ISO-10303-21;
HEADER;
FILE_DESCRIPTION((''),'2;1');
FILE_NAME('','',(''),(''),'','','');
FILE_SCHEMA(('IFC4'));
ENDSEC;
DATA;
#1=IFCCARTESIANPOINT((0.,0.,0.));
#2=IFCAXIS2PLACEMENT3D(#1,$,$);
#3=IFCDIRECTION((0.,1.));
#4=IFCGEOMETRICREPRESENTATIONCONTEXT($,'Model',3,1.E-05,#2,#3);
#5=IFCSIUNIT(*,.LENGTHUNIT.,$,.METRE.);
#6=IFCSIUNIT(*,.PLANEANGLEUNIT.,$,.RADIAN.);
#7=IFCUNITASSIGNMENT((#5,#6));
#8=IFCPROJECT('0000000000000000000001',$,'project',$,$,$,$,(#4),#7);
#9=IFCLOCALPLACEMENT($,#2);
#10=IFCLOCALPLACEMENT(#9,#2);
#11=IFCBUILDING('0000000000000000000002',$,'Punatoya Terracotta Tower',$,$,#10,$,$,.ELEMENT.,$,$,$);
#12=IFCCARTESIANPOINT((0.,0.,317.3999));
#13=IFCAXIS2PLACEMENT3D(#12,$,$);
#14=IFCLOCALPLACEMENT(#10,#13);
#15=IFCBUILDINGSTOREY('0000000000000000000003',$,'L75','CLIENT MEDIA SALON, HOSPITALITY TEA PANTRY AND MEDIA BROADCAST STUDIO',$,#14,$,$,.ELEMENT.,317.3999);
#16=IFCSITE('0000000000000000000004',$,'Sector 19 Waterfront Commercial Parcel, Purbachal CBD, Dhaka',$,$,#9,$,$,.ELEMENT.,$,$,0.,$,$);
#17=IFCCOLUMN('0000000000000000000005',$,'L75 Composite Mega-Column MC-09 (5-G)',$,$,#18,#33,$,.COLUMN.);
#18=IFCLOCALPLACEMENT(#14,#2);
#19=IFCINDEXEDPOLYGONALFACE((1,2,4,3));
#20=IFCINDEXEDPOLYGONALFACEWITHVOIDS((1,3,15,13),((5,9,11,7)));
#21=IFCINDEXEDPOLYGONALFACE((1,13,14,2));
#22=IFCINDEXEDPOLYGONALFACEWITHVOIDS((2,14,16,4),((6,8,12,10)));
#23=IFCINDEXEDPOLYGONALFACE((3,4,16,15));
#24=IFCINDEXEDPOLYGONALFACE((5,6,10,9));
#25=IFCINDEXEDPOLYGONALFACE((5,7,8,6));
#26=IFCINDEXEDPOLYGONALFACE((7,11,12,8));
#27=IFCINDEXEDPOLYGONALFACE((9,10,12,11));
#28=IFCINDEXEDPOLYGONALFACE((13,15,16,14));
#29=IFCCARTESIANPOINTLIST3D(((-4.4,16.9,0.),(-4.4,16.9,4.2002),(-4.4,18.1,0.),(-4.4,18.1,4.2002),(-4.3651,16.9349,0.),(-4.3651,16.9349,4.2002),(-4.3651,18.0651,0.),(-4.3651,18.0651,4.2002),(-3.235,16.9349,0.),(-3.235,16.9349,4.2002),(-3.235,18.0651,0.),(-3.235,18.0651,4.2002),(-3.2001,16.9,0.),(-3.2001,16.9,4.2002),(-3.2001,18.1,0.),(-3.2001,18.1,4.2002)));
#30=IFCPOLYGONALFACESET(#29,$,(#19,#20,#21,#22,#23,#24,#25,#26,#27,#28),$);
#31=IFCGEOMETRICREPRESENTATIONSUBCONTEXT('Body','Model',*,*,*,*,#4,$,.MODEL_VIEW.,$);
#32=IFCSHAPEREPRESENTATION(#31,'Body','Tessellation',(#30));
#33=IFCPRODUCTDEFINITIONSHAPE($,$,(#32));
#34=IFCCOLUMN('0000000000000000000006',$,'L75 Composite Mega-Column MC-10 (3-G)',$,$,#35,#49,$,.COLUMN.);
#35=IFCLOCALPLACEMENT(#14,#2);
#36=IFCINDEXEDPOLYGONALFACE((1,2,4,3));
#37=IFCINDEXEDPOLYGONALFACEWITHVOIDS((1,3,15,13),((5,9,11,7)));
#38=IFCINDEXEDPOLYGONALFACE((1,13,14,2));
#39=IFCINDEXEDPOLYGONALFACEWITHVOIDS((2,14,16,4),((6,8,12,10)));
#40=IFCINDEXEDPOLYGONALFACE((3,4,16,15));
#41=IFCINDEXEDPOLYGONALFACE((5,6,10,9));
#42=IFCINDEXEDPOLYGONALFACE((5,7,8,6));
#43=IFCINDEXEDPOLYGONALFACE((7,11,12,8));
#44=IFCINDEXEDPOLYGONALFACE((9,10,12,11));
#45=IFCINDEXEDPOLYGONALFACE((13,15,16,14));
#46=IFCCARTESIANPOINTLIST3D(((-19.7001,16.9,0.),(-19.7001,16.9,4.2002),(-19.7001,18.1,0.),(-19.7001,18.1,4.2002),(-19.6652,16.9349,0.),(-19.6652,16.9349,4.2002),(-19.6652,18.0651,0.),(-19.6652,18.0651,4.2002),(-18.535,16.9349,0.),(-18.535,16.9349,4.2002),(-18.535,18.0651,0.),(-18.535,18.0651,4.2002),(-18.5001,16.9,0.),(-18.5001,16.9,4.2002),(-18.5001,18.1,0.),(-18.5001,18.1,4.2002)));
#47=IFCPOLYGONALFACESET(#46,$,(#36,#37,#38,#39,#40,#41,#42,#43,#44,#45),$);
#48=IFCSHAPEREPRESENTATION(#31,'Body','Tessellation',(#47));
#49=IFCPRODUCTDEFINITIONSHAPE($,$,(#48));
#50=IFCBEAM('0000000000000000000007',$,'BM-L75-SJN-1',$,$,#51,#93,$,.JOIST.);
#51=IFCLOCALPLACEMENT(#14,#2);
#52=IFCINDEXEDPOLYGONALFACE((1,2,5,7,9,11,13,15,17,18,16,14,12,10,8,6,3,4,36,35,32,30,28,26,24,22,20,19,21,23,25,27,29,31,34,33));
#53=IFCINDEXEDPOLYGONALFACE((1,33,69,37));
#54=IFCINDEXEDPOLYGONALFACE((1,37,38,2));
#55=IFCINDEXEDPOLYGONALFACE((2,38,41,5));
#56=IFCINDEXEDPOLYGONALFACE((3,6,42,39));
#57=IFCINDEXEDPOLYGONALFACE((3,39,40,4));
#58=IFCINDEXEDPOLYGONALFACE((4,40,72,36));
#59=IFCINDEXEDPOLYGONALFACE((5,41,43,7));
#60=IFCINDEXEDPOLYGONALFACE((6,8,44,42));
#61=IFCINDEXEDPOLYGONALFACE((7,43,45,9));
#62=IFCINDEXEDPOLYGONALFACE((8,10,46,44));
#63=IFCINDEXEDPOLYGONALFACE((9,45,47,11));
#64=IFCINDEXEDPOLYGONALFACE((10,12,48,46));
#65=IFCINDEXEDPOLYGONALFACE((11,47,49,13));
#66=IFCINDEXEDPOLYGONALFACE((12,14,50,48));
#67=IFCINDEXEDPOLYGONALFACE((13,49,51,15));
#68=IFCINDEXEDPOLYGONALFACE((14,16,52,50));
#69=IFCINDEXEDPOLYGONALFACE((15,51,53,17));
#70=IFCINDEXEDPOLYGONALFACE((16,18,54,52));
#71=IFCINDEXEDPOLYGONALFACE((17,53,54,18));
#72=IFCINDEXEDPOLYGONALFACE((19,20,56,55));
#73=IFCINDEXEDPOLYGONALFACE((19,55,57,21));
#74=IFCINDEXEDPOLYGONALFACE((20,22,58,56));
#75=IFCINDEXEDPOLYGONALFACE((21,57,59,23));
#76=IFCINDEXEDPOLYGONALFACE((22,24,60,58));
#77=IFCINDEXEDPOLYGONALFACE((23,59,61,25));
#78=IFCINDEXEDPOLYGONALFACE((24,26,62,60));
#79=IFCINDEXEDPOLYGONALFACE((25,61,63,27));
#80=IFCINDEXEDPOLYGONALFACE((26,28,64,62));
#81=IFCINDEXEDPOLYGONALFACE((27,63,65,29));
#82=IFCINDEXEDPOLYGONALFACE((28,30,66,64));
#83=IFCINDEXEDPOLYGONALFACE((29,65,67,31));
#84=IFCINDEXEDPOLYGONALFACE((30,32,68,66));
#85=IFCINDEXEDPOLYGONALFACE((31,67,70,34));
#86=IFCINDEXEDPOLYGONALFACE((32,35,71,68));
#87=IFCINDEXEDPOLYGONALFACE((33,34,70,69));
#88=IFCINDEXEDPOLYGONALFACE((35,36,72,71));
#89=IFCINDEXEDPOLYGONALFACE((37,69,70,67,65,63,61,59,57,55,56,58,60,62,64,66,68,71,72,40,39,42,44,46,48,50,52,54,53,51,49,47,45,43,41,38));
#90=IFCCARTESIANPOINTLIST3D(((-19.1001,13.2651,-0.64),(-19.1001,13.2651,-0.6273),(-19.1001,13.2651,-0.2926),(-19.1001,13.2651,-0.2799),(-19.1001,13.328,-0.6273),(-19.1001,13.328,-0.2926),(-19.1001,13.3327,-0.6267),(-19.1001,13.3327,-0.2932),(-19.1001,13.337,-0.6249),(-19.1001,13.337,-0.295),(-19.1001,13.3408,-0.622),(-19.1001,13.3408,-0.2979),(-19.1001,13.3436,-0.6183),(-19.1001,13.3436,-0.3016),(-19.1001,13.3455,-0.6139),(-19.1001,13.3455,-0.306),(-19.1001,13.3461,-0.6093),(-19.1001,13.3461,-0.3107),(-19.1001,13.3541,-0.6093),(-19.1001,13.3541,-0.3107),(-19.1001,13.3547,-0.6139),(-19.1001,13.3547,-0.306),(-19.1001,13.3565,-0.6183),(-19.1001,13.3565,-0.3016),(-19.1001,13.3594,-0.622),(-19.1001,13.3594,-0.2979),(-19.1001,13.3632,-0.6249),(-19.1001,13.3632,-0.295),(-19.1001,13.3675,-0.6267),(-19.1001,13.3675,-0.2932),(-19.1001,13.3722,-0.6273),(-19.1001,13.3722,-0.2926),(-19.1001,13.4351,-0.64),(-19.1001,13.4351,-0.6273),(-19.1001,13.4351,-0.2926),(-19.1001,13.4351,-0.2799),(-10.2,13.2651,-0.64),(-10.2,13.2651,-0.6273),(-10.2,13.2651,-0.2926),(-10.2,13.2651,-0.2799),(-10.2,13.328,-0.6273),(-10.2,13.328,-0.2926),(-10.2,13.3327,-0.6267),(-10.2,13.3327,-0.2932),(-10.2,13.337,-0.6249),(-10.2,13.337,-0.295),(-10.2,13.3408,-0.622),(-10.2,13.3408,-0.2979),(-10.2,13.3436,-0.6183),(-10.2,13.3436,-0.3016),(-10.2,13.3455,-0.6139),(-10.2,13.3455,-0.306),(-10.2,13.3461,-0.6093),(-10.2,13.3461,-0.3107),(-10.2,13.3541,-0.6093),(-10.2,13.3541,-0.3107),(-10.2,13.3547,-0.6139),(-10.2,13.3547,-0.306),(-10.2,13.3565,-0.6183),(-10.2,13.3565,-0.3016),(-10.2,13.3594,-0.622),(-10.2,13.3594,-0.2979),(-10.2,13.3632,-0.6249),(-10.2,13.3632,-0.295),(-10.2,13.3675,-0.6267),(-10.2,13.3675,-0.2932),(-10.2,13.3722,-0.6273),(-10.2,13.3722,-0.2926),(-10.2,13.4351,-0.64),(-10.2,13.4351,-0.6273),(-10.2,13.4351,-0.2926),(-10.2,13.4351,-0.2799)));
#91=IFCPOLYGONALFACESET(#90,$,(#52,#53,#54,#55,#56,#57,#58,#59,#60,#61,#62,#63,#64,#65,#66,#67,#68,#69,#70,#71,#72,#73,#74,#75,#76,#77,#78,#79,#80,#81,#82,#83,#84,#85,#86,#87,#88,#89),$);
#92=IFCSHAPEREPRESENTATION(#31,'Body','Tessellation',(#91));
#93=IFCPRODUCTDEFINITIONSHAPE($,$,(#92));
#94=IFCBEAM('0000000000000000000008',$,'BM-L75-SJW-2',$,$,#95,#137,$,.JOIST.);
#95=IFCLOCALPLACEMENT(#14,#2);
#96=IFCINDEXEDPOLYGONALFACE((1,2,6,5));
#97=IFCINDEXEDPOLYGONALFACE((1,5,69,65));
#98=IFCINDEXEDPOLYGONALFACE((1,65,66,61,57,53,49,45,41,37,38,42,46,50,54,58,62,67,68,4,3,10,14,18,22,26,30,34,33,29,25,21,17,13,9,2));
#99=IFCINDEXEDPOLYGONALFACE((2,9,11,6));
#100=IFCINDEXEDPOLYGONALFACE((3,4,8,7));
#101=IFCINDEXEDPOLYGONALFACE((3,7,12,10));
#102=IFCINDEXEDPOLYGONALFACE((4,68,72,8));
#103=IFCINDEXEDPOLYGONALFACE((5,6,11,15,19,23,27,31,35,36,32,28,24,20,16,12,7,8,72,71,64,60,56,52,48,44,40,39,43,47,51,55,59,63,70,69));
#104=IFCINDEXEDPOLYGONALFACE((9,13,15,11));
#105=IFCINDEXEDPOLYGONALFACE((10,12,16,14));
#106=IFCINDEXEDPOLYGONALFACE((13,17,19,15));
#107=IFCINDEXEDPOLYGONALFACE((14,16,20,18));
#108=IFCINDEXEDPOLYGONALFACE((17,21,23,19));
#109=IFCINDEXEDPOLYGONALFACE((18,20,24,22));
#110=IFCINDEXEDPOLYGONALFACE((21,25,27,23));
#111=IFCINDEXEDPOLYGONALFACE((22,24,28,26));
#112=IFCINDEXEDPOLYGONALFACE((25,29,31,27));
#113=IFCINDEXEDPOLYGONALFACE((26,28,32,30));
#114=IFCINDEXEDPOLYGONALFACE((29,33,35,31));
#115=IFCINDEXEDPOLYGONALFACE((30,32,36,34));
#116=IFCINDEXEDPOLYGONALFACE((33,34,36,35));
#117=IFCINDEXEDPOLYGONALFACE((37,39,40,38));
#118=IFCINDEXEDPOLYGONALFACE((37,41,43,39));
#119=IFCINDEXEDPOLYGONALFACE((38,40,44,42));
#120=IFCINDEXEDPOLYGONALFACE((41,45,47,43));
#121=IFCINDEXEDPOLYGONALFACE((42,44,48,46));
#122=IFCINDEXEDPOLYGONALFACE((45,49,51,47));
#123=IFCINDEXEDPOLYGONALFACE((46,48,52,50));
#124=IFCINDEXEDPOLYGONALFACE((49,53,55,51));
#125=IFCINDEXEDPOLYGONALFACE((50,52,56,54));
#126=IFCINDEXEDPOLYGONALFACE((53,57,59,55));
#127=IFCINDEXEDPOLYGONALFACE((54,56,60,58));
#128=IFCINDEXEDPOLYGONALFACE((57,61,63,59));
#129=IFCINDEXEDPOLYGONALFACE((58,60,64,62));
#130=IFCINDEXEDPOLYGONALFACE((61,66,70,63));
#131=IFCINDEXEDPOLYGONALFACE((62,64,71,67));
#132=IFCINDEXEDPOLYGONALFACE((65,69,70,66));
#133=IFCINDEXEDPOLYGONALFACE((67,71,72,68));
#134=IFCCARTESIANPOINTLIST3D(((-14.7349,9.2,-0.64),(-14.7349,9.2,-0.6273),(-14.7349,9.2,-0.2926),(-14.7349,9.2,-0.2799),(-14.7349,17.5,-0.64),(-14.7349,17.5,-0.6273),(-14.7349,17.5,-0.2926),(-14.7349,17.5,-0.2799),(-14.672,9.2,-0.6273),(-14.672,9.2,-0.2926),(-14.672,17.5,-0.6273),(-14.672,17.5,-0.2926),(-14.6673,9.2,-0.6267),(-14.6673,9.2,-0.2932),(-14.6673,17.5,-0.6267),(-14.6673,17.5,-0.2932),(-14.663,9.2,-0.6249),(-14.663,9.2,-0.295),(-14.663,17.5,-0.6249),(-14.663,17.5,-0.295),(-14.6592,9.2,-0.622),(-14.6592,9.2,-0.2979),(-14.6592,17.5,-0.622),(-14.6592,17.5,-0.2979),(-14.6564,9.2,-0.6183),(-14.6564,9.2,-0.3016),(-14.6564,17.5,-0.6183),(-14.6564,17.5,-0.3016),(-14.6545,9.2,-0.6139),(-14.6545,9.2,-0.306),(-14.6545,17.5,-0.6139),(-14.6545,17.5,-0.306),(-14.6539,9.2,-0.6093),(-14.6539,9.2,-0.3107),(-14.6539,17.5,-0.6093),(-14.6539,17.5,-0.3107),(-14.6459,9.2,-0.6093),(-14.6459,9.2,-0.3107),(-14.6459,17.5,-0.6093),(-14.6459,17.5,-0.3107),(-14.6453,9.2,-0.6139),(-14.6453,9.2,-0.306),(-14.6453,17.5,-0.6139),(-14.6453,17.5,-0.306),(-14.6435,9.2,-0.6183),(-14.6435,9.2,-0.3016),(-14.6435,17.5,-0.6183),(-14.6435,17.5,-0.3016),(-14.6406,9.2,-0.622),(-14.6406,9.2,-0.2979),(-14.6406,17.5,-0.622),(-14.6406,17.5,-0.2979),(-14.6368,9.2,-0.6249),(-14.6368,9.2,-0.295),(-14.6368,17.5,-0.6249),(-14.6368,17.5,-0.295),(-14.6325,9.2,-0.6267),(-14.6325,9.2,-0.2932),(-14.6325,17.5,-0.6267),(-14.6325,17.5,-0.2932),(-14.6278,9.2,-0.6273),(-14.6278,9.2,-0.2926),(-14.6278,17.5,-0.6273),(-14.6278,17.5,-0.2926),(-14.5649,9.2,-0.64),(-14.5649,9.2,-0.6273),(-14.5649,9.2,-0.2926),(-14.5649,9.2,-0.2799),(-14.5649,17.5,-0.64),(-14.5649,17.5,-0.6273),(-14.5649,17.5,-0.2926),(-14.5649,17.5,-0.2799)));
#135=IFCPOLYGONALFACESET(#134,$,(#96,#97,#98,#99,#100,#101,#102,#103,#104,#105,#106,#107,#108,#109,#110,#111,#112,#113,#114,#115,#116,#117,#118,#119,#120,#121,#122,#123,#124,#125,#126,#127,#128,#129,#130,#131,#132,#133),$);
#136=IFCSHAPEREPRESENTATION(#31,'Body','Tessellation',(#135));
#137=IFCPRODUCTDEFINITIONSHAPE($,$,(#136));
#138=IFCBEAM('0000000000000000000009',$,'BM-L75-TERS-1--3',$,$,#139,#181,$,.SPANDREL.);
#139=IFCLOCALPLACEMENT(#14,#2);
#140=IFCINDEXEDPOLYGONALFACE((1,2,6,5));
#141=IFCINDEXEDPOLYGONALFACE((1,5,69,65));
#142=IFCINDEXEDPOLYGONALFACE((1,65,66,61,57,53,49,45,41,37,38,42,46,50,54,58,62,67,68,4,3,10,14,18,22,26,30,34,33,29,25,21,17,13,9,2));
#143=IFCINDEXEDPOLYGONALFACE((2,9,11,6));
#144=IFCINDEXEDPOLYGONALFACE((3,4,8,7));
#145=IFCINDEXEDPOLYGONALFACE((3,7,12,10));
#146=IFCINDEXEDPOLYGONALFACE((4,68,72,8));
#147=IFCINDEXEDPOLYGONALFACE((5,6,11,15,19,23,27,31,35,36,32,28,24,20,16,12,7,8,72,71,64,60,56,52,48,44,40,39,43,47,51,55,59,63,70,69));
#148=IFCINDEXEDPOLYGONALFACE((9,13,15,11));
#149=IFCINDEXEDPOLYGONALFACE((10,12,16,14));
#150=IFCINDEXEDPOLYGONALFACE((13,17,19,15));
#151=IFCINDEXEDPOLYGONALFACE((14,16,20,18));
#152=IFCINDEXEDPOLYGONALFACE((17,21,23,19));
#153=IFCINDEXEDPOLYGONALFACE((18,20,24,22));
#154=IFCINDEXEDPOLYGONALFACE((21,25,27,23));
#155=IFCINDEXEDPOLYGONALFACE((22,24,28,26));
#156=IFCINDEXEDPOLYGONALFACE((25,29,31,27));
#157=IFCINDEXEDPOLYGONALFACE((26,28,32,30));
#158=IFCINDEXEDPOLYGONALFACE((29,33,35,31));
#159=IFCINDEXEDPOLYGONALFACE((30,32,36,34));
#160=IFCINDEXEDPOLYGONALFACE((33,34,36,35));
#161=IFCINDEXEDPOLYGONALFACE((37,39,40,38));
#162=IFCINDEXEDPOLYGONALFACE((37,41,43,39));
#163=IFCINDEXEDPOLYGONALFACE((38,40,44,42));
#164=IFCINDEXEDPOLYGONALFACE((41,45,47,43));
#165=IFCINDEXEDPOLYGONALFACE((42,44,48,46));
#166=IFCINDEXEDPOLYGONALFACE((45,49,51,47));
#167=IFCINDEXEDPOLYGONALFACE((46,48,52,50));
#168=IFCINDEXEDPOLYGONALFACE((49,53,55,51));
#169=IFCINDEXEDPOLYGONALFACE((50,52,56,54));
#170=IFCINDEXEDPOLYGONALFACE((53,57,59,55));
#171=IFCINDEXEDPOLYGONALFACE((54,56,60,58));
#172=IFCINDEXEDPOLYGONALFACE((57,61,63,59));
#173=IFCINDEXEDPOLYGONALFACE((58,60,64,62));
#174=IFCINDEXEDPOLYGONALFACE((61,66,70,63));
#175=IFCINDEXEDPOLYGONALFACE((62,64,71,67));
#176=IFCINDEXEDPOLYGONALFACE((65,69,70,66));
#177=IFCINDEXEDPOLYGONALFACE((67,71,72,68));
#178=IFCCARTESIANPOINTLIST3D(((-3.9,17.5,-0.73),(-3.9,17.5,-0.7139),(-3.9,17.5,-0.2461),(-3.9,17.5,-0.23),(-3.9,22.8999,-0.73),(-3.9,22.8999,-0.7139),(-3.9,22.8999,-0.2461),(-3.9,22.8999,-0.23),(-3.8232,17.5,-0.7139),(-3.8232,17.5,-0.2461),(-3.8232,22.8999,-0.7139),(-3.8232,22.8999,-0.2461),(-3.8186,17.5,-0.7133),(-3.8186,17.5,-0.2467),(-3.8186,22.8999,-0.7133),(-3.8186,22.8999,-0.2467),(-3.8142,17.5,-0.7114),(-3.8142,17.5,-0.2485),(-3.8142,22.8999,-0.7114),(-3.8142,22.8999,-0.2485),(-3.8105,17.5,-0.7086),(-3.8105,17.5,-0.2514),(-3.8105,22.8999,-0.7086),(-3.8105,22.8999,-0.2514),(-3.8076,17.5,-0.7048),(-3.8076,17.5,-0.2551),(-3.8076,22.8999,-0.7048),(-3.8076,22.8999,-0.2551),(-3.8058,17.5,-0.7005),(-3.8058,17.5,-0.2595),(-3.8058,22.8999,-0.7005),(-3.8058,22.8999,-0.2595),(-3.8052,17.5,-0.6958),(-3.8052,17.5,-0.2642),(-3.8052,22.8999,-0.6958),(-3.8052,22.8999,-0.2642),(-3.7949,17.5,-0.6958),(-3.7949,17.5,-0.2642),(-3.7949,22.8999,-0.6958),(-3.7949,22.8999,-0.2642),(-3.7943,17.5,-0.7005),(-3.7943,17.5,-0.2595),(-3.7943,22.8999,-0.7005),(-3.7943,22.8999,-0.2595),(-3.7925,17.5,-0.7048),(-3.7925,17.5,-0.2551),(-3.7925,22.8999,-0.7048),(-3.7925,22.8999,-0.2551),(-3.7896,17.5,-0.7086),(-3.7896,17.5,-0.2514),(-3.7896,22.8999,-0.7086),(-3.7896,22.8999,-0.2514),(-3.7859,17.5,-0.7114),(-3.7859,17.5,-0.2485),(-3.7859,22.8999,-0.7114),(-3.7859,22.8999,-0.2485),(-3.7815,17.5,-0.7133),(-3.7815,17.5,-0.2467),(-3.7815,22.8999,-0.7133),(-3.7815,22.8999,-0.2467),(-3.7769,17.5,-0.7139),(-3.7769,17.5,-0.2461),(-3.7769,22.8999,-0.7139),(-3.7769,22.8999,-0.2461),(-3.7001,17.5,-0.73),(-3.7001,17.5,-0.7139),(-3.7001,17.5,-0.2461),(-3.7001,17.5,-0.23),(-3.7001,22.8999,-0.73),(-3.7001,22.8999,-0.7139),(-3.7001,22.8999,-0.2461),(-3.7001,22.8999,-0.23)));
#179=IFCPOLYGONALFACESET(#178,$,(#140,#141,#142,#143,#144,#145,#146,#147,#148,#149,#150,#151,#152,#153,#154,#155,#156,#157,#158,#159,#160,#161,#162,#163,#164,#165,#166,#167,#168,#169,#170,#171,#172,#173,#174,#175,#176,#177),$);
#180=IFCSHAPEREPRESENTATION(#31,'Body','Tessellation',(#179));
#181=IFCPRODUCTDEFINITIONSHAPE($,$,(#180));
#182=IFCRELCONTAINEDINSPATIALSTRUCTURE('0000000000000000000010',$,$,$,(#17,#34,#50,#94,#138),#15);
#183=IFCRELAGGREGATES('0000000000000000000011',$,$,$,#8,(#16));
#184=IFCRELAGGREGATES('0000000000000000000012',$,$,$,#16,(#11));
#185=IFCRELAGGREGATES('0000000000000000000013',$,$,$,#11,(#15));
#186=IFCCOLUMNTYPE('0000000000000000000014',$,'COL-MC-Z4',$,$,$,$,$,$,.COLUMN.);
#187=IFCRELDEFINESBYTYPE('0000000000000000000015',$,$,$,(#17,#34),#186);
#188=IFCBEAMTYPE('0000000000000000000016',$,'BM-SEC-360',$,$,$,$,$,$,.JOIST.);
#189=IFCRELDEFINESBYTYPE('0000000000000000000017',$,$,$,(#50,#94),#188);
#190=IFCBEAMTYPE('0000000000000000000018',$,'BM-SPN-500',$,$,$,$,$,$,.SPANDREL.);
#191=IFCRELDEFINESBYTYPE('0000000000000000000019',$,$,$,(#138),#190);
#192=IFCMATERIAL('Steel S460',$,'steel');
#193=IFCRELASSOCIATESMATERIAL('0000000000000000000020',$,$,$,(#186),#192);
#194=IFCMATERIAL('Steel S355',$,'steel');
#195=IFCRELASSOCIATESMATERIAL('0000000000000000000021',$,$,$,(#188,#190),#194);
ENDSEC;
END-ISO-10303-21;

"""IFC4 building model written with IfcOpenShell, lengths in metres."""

from ifc_helpers import new_model, si_unit, direction, frame, origin, origin_2d, place, context, subcontext, project, spatial, hollow_rectangle, i_section, extrude, material, material_profile, profile_set, type_object, element, save


model = new_model("IFC4")

# Units and contexts
model_context = context("Model", 3, precision=1e-05, world=origin(), true_north=direction((0.0, 1.0)))
body_context = subcontext(model_context, "Body", "Model", "MODEL_VIEW")
ifc_project = project(units=[si_unit("LENGTHUNIT", "METRE"), si_unit("PLANEANGLEUNIT", "RADIAN")], contexts=[model_context])

# Site, building, storey
site_placement = place(None, origin())
site = spatial("IfcSite", under=ifc_project, at=site_placement, Name="Sector 19 Waterfront Commercial Parcel, Purbachal CBD, Dhaka", CompositionType="ELEMENT", RefElevation=0.0)
building_placement = place(site_placement, origin())
building = spatial("IfcBuilding", under=site, at=building_placement, Name="Punatoya Terracotta Tower", CompositionType="ELEMENT")
storey_placement = place(building_placement, frame((0.0, 0.0, 317.3999)))
storey = spatial("IfcBuildingStorey", under=building, at=storey_placement, Name="L75", Description="CLIENT MEDIA SALON, HOSPITALITY TEA PANTRY AND MEDIA BROADCAST STUDIO", CompositionType="ELEMENT", Elevation=317.3999)

# Columns
ifc_material_1 = material(Name="Steel S460", Category="steel")
ifc_material_profile_1 = material_profile(ifc_material_1, hollow_rectangle(XDim=1.2, YDim=1.2, WallThickness=0.0349, at=origin_2d()))
ifc_profile_set_1 = profile_set([ifc_material_profile_1], Name="Steel S460")
column_type = type_object("IfcColumnType", Name="COL-MC-Z4", PredefinedType="COLUMN", material=ifc_profile_set_1)
for number, where, z_axis, x_axis, name in (
    (1, (-3.8, 17.5, 0.0), (0.0, 0.0, 1.0), (1.0, 0.0, 0.0), "L75 Composite Mega-Column MC-09 (5-G)"),
    (2, (-19.1001, 17.5, 0.0), (0.0, 0.0, 1.0), (1.0, 0.0, 0.0), "L75 Composite Mega-Column MC-10 (3-G)"),
):
    element("IfcColumn", number, at=place(storey_placement, frame(where, z_axis=z_axis, x_axis=x_axis)), inside=storey, type_object=column_type, Name=name, PredefinedType="COLUMN", context=body_context, shape_type="SweptSolid", body=[
        extrude(hollow_rectangle(XDim=1.2, YDim=1.2, WallThickness=0.0349, at=origin_2d()), origin(), (0.0, 0.0, 1.0), 4.2002),
    ])

# Beams
ifc_material_2 = material(Name="Steel S355", Category="steel")
ifc_material_profile_2 = material_profile(ifc_material_2, i_section(OverallWidth=0.1699, OverallDepth=0.3601, WebThickness=0.0081, FlangeThickness=0.0127, FilletRadius=0.0181, at=origin_2d()))
ifc_profile_set_2 = profile_set([ifc_material_profile_2], Name="Steel S355")
beam_type_1 = type_object("IfcBeamType", Name="BM-SEC-360", PredefinedType="JOIST", material=ifc_profile_set_2)
beam_1_placement = place(storey_placement, frame((-19.1001, 13.3501, -0.46), z_axis=(1.0, 0.0, 0.0), x_axis=(0.0, 1.0, 0.0)))
element("IfcBeam", 3, at=beam_1_placement, inside=storey, type_object=beam_type_1, Name="BM-L75-SJN-1", PredefinedType="JOIST", context=body_context, shape_type="SweptSolid", body=[
    extrude(i_section(OverallWidth=0.1699, OverallDepth=0.3601, WebThickness=0.0081, FlangeThickness=0.0127, FilletRadius=0.0181, at=origin_2d()), origin(), (0.0, 0.0, 1.0), 8.9001),
])
beam_2_placement = place(storey_placement, frame((-14.6499, 9.2, -0.46), z_axis=(0.0, 1.0, 0.0), x_axis=(-1.0, 0.0, 0.0)))
element("IfcBeam", 4, at=beam_2_placement, inside=storey, type_object=beam_type_1, Name="BM-L75-SJW-2", PredefinedType="JOIST", context=body_context, shape_type="SweptSolid", body=[
    extrude(i_section(OverallWidth=0.1699, OverallDepth=0.3601, WebThickness=0.0081, FlangeThickness=0.0127, FilletRadius=0.0181, at=origin_2d()), origin(), (0.0, 0.0, 1.0), 8.3),
])
ifc_material_profile_3 = material_profile(ifc_material_2, i_section(OverallWidth=0.2, OverallDepth=0.5, WebThickness=0.0103, FlangeThickness=0.0161, FilletRadius=0.0181, at=origin_2d()))
ifc_profile_set_3 = profile_set([ifc_material_profile_3], Name="Steel S355")
beam_type_2 = type_object("IfcBeamType", Name="BM-SPN-500", PredefinedType="SPANDREL", material=ifc_profile_set_3)
beam_3_placement = place(storey_placement, frame((-3.8, 17.5, -0.48), z_axis=(0.0, 1.0, 0.0), x_axis=(-1.0, 0.0, 0.0)))
element("IfcBeam", 5, at=beam_3_placement, inside=storey, type_object=beam_type_2, Name="BM-L75-TERS-1--3", PredefinedType="SPANDREL", context=body_context, shape_type="SweptSolid", body=[
    extrude(i_section(OverallWidth=0.2, OverallDepth=0.5, WebThickness=0.0103, FlangeThickness=0.0161, FilletRadius=0.0181, at=origin_2d()), origin(), (0.0, 0.0, 1.0), 5.3999),
])

save(model, "model.ifc")
